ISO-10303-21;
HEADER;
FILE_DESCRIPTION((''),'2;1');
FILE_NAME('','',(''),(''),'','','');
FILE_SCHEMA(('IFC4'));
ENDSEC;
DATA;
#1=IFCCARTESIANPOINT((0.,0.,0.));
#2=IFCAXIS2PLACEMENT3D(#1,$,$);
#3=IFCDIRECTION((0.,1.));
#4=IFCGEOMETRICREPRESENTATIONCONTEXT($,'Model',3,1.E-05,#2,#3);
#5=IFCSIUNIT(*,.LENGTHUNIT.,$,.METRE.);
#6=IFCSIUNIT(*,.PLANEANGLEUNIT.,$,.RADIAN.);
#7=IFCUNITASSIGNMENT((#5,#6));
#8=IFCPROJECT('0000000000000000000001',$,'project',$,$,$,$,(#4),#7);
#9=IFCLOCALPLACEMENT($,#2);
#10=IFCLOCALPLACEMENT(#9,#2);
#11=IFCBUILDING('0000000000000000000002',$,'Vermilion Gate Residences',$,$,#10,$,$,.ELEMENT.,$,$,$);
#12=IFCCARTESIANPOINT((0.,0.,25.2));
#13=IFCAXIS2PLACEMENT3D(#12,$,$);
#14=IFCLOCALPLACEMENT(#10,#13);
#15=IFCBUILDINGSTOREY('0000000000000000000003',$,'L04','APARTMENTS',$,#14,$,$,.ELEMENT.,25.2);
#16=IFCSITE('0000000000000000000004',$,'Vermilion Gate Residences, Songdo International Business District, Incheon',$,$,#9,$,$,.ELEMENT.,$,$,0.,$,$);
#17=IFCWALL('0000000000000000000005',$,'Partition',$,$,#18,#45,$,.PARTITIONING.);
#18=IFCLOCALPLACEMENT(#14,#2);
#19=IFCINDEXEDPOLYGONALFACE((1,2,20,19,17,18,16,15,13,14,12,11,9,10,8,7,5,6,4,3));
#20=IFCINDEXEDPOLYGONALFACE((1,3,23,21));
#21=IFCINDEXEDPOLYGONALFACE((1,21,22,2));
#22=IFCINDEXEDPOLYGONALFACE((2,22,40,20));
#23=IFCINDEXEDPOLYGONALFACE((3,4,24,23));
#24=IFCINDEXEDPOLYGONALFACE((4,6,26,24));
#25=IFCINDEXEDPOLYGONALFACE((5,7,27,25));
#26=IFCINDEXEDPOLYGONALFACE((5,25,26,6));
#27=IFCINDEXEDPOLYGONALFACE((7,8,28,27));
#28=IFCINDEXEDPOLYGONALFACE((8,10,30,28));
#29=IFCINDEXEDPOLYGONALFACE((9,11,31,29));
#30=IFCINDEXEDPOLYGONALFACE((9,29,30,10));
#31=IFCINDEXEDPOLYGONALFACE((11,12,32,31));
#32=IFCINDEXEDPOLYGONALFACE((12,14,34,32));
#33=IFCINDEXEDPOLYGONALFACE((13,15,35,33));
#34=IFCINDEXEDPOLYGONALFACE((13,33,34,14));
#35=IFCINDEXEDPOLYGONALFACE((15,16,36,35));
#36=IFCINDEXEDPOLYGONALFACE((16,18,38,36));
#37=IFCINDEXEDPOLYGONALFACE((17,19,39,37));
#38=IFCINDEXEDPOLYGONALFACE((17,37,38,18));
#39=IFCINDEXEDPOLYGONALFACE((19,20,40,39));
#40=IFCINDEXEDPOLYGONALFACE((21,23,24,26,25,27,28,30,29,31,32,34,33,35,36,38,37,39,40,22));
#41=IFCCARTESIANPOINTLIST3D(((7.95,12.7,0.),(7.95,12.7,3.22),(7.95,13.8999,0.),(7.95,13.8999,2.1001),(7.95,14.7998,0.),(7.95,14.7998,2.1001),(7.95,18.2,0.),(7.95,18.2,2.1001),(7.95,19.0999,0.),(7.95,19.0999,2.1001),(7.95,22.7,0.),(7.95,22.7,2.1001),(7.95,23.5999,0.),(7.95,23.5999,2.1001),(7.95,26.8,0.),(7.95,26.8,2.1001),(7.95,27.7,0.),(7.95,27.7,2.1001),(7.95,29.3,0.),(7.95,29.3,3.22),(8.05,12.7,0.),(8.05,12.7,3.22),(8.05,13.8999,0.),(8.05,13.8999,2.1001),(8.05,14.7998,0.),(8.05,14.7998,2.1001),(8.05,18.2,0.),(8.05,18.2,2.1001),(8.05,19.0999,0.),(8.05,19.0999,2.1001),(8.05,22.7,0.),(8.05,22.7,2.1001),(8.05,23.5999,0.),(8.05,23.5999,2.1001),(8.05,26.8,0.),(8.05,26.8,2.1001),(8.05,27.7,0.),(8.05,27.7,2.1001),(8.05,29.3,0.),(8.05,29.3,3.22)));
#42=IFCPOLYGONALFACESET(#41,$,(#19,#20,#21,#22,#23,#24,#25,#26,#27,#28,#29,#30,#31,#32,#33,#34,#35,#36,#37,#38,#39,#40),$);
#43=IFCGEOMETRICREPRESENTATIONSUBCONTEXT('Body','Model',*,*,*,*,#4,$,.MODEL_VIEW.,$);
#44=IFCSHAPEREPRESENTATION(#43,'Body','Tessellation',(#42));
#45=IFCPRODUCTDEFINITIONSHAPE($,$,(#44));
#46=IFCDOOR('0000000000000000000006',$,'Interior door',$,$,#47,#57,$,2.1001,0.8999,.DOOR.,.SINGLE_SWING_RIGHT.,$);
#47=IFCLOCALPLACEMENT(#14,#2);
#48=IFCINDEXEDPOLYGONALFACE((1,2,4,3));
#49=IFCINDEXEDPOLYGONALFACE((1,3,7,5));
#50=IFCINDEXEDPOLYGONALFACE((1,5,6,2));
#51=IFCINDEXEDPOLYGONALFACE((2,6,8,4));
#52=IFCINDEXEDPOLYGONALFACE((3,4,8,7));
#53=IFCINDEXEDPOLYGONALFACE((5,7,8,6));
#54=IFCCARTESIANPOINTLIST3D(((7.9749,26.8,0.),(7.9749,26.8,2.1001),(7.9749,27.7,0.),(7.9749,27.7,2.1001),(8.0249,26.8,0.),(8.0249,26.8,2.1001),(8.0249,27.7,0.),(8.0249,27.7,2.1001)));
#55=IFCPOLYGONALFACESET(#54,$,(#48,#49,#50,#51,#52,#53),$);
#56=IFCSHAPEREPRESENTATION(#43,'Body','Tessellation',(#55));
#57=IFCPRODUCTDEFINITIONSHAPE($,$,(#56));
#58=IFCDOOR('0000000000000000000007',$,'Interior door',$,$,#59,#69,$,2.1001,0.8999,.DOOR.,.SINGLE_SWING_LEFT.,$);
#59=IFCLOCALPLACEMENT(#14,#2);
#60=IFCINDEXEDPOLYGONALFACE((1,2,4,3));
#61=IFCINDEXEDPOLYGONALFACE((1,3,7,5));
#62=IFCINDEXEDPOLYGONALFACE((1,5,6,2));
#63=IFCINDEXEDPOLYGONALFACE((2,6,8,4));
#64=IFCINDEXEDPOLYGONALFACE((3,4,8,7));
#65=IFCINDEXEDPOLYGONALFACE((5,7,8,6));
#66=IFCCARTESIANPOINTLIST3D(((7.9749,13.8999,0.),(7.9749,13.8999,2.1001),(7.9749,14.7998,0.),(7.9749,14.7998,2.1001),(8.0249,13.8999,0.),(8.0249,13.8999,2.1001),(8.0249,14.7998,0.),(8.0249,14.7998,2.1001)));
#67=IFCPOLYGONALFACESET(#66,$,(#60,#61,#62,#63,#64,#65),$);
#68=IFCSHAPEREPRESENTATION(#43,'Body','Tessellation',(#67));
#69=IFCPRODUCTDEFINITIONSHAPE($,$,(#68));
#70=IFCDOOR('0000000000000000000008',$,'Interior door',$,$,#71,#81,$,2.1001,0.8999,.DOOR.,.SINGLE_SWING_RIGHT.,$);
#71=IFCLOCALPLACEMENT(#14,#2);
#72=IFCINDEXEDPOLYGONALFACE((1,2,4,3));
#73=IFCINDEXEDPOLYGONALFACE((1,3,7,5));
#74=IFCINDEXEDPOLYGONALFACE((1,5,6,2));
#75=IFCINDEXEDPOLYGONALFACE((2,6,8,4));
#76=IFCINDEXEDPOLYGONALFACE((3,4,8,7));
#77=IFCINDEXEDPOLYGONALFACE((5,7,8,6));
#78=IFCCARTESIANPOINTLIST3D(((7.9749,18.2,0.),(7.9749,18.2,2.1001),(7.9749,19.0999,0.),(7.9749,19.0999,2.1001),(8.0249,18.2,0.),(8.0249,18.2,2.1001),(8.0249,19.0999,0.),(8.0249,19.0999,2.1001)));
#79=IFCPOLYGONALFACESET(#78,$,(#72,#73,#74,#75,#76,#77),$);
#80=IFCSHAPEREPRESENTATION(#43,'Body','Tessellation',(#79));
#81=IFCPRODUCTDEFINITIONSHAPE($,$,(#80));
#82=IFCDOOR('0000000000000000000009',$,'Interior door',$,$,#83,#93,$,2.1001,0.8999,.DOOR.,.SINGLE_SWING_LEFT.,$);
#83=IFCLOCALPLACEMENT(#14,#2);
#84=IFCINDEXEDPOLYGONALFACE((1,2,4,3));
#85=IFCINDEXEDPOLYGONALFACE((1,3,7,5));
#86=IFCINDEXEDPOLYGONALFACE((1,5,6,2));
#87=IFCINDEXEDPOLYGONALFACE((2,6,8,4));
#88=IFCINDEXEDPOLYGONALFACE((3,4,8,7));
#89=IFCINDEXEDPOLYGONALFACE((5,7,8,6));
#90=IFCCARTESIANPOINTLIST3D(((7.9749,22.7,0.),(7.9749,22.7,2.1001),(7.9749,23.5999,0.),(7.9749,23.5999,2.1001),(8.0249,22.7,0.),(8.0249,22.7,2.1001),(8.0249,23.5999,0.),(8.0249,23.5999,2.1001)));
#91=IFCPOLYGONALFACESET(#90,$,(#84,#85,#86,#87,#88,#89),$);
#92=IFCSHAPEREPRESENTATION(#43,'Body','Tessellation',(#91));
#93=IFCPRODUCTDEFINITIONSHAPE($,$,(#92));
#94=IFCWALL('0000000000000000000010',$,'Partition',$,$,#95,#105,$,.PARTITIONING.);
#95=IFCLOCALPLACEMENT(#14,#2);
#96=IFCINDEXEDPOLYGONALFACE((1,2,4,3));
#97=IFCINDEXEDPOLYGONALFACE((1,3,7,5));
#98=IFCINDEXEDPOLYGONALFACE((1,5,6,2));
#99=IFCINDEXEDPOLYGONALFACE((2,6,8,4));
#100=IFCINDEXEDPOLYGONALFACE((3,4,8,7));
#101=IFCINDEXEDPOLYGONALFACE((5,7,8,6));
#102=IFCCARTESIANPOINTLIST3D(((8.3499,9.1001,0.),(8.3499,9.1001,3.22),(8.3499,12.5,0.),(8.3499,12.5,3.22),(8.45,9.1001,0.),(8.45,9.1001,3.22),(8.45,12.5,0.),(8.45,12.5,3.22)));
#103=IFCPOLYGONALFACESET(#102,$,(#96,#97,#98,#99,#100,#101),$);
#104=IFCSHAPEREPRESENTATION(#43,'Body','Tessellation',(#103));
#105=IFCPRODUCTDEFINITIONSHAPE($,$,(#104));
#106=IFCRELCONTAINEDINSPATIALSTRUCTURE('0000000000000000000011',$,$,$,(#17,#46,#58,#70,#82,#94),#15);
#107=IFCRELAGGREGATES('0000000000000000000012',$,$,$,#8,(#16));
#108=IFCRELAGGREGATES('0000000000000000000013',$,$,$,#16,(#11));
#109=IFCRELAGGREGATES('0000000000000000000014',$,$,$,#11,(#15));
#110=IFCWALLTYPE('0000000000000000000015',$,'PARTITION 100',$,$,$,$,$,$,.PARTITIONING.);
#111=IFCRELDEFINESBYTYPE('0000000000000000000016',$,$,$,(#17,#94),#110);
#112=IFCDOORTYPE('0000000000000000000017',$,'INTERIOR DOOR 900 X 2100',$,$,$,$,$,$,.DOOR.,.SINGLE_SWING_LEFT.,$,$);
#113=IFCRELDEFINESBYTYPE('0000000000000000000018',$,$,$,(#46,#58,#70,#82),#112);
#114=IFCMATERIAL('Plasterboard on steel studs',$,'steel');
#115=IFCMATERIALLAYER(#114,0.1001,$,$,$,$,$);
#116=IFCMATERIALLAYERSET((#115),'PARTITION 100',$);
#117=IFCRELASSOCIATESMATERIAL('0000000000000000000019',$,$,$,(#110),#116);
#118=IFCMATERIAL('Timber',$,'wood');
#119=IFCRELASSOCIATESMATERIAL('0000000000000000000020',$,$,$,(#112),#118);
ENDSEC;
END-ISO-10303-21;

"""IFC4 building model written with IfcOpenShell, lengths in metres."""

from ifc_helpers import new_model, si_unit, direction, frame, frame_2d, origin, place, context, subcontext, project, spatial, rectangle, extrude, material, layer, layer_set, type_object, element, fill, save


model = new_model("IFC4")

# Units and contexts
model_context = context("Model", 3, precision=1e-05, world=origin(), true_north=direction((0.0, 1.0)))
body_context = subcontext(model_context, "Body", "Model", "MODEL_VIEW")
ifc_project = project(units=[si_unit("LENGTHUNIT", "METRE"), si_unit("PLANEANGLEUNIT", "RADIAN")], contexts=[model_context])

# Site, building, storey
site_placement = place(None, origin())
site = spatial("IfcSite", under=ifc_project, at=site_placement, Name="Vermilion Gate Residences, Songdo International Business District, Incheon", CompositionType="ELEMENT", RefElevation=0.0)
building_placement = place(site_placement, origin())
building = spatial("IfcBuilding", under=site, at=building_placement, Name="Vermilion Gate Residences", CompositionType="ELEMENT")
storey_placement = place(building_placement, frame((0.0, 0.0, 25.2)))
storey = spatial("IfcBuildingStorey", under=building, at=storey_placement, Name="L04", Description="APARTMENTS", CompositionType="ELEMENT", Elevation=25.2)

# Wall, openings, doors
ifc_material_1 = material(Name="Plasterboard on steel studs", Category="steel")
ifc_layer_1 = layer(ifc_material_1, 0.1001)
ifc_layer_set_1 = layer_set([ifc_layer_1], Name="PARTITION 100")
wall_type_1 = type_object("IfcWallType", Name="PARTITION 100", PredefinedType="PARTITIONING", material=ifc_layer_set_1)
ifc_material_2 = material(Name="Timber", Category="wood")
door_type_1 = type_object("IfcDoorType", Name="INTERIOR DOOR 900 X 2100", OperationType="SINGLE_SWING_LEFT", PredefinedType="DOOR", material=ifc_material_2)
wall_1_placement = place(storey_placement, frame((8.0, 12.7, 0.0), z_axis=(0.0, 0.0, 1.0), x_axis=(0.0, 1.0, 0.0)))
wall_1 = element("IfcWall", 1, at=wall_1_placement, inside=storey, type_object=wall_type_1, Name="Partition", PredefinedType="PARTITIONING", context=body_context, shape_type="SweptSolid", body=[
    extrude(rectangle(XDim=16.6001, YDim=0.1001, at=frame_2d((8.3, 0.0))), origin(), (0.0, 0.0, 1.0), 3.22),
])
opening_1_placement = place(wall_1_placement, frame((14.1001, 0.0, 0.0)))
opening_1 = element("IfcOpeningElement", 2, at=opening_1_placement, cuts=wall_1, PredefinedType="OPENING", context=body_context, shape_type="SweptSolid", body=[
    extrude(rectangle(XDim=0.8999, YDim=2.1001, at=frame_2d((0.45, 1.05))), frame((0.0, 0.0601, 0.0), z_axis=(0.0, -1.0, 0.0), x_axis=(1.0, 0.0, 0.0)), (0.0, 0.0, 1.0), 0.1201),
])
opening_2_placement = place(wall_1_placement, frame((1.2, 0.0, 0.0)))
opening_2 = element("IfcOpeningElement", 3, at=opening_2_placement, cuts=wall_1, PredefinedType="OPENING", context=body_context, shape_type="SweptSolid", body=[
    extrude(rectangle(XDim=0.8999, YDim=2.1001, at=frame_2d((0.45, 1.05))), frame((0.0, 0.0601, 0.0), z_axis=(0.0, -1.0, 0.0), x_axis=(1.0, 0.0, 0.0)), (0.0, 0.0, 1.0), 0.1201),
])
opening_3_placement = place(wall_1_placement, frame((5.5, 0.0, 0.0)))
opening_3 = element("IfcOpeningElement", 4, at=opening_3_placement, cuts=wall_1, PredefinedType="OPENING", context=body_context, shape_type="SweptSolid", body=[
    extrude(rectangle(XDim=0.8999, YDim=2.1001, at=frame_2d((0.45, 1.05))), frame((0.0, 0.0601, 0.0), z_axis=(0.0, -1.0, 0.0), x_axis=(1.0, 0.0, 0.0)), (0.0, 0.0, 1.0), 0.1201),
])
opening_4_placement = place(wall_1_placement, frame((10.0, 0.0, 0.0)))
opening_4 = element("IfcOpeningElement", 5, at=opening_4_placement, cuts=wall_1, PredefinedType="OPENING", context=body_context, shape_type="SweptSolid", body=[
    extrude(rectangle(XDim=0.8999, YDim=2.1001, at=frame_2d((0.45, 1.05))), frame((0.0, 0.0601, 0.0), z_axis=(0.0, -1.0, 0.0), x_axis=(1.0, 0.0, 0.0)), (0.0, 0.0, 1.0), 0.1201),
])
door_1_placement = place(opening_1_placement, frame((0.8999, 0.0, 0.0), z_axis=(0.0, 0.0, 1.0), x_axis=(-1.0, 0.0, 0.0)))
door_1 = element("IfcDoor", 6, at=door_1_placement, inside=storey, type_object=door_type_1, Name="Interior door", OperationType="SINGLE_SWING_RIGHT", OverallHeight=2.1001, OverallWidth=0.8999, PredefinedType="DOOR", context=body_context, shape_type="SweptSolid", body=[
    extrude(rectangle(XDim=0.8999, YDim=2.1001, at=frame_2d((0.45, 1.05))), frame((0.0, 0.0249, 0.0), z_axis=(0.0, -1.0, 0.0), x_axis=(1.0, 0.0, 0.0)), (0.0, 0.0, 1.0), 0.05),
])
fill(opening_1, door_1)
door_2_placement = place(opening_2_placement, frame((0.8999, 0.0, 0.0), z_axis=(0.0, 0.0, 1.0), x_axis=(-1.0, 0.0, 0.0)))
door_2 = element("IfcDoor", 7, at=door_2_placement, inside=storey, type_object=door_type_1, Name="Interior door", OperationType="SINGLE_SWING_LEFT", OverallHeight=2.1001, OverallWidth=0.8999, PredefinedType="DOOR", context=body_context, shape_type="SweptSolid", body=[
    extrude(rectangle(XDim=0.8999, YDim=2.1001, at=frame_2d((0.45, 1.05))), frame((0.0, 0.0249, 0.0), z_axis=(0.0, -1.0, 0.0), x_axis=(1.0, 0.0, 0.0)), (0.0, 0.0, 1.0), 0.05),
])
fill(opening_2, door_2)
door_3_placement = place(opening_3_placement, frame((0.8999, 0.0, 0.0), z_axis=(0.0, 0.0, 1.0), x_axis=(-1.0, 0.0, 0.0)))
door_3 = element("IfcDoor", 8, at=door_3_placement, inside=storey, type_object=door_type_1, Name="Interior door", OperationType="SINGLE_SWING_RIGHT", OverallHeight=2.1001, OverallWidth=0.8999, PredefinedType="DOOR", context=body_context, shape_type="SweptSolid", body=[
    extrude(rectangle(XDim=0.8999, YDim=2.1001, at=frame_2d((0.45, 1.05))), frame((0.0, 0.0249, 0.0), z_axis=(0.0, -1.0, 0.0), x_axis=(1.0, 0.0, 0.0)), (0.0, 0.0, 1.0), 0.05),
])
fill(opening_3, door_3)
door_4_placement = place(opening_4_placement, frame((0.8999, 0.0, 0.0), z_axis=(0.0, 0.0, 1.0), x_axis=(-1.0, 0.0, 0.0)))
door_4 = element("IfcDoor", 9, at=door_4_placement, inside=storey, type_object=door_type_1, Name="Interior door", OperationType="SINGLE_SWING_LEFT", OverallHeight=2.1001, OverallWidth=0.8999, PredefinedType="DOOR", context=body_context, shape_type="SweptSolid", body=[
    extrude(rectangle(XDim=0.8999, YDim=2.1001, at=frame_2d((0.45, 1.05))), frame((0.0, 0.0249, 0.0), z_axis=(0.0, -1.0, 0.0), x_axis=(1.0, 0.0, 0.0)), (0.0, 0.0, 1.0), 0.05),
])
fill(opening_4, door_4)

# Wall
wall_2_placement = place(storey_placement, frame((8.3999, 9.1001, 0.0), z_axis=(0.0, 0.0, 1.0), x_axis=(0.0, 1.0, 0.0)))
element("IfcWall", 10, at=wall_2_placement, inside=storey, type_object=wall_type_1, Name="Partition", PredefinedType="PARTITIONING", context=body_context, shape_type="SweptSolid", body=[
    extrude(rectangle(XDim=3.3999, YDim=0.1001, at=frame_2d((1.7, 0.0))), origin(), (0.0, 0.0, 1.0), 3.22),
])

save(model, "model.ifc")
